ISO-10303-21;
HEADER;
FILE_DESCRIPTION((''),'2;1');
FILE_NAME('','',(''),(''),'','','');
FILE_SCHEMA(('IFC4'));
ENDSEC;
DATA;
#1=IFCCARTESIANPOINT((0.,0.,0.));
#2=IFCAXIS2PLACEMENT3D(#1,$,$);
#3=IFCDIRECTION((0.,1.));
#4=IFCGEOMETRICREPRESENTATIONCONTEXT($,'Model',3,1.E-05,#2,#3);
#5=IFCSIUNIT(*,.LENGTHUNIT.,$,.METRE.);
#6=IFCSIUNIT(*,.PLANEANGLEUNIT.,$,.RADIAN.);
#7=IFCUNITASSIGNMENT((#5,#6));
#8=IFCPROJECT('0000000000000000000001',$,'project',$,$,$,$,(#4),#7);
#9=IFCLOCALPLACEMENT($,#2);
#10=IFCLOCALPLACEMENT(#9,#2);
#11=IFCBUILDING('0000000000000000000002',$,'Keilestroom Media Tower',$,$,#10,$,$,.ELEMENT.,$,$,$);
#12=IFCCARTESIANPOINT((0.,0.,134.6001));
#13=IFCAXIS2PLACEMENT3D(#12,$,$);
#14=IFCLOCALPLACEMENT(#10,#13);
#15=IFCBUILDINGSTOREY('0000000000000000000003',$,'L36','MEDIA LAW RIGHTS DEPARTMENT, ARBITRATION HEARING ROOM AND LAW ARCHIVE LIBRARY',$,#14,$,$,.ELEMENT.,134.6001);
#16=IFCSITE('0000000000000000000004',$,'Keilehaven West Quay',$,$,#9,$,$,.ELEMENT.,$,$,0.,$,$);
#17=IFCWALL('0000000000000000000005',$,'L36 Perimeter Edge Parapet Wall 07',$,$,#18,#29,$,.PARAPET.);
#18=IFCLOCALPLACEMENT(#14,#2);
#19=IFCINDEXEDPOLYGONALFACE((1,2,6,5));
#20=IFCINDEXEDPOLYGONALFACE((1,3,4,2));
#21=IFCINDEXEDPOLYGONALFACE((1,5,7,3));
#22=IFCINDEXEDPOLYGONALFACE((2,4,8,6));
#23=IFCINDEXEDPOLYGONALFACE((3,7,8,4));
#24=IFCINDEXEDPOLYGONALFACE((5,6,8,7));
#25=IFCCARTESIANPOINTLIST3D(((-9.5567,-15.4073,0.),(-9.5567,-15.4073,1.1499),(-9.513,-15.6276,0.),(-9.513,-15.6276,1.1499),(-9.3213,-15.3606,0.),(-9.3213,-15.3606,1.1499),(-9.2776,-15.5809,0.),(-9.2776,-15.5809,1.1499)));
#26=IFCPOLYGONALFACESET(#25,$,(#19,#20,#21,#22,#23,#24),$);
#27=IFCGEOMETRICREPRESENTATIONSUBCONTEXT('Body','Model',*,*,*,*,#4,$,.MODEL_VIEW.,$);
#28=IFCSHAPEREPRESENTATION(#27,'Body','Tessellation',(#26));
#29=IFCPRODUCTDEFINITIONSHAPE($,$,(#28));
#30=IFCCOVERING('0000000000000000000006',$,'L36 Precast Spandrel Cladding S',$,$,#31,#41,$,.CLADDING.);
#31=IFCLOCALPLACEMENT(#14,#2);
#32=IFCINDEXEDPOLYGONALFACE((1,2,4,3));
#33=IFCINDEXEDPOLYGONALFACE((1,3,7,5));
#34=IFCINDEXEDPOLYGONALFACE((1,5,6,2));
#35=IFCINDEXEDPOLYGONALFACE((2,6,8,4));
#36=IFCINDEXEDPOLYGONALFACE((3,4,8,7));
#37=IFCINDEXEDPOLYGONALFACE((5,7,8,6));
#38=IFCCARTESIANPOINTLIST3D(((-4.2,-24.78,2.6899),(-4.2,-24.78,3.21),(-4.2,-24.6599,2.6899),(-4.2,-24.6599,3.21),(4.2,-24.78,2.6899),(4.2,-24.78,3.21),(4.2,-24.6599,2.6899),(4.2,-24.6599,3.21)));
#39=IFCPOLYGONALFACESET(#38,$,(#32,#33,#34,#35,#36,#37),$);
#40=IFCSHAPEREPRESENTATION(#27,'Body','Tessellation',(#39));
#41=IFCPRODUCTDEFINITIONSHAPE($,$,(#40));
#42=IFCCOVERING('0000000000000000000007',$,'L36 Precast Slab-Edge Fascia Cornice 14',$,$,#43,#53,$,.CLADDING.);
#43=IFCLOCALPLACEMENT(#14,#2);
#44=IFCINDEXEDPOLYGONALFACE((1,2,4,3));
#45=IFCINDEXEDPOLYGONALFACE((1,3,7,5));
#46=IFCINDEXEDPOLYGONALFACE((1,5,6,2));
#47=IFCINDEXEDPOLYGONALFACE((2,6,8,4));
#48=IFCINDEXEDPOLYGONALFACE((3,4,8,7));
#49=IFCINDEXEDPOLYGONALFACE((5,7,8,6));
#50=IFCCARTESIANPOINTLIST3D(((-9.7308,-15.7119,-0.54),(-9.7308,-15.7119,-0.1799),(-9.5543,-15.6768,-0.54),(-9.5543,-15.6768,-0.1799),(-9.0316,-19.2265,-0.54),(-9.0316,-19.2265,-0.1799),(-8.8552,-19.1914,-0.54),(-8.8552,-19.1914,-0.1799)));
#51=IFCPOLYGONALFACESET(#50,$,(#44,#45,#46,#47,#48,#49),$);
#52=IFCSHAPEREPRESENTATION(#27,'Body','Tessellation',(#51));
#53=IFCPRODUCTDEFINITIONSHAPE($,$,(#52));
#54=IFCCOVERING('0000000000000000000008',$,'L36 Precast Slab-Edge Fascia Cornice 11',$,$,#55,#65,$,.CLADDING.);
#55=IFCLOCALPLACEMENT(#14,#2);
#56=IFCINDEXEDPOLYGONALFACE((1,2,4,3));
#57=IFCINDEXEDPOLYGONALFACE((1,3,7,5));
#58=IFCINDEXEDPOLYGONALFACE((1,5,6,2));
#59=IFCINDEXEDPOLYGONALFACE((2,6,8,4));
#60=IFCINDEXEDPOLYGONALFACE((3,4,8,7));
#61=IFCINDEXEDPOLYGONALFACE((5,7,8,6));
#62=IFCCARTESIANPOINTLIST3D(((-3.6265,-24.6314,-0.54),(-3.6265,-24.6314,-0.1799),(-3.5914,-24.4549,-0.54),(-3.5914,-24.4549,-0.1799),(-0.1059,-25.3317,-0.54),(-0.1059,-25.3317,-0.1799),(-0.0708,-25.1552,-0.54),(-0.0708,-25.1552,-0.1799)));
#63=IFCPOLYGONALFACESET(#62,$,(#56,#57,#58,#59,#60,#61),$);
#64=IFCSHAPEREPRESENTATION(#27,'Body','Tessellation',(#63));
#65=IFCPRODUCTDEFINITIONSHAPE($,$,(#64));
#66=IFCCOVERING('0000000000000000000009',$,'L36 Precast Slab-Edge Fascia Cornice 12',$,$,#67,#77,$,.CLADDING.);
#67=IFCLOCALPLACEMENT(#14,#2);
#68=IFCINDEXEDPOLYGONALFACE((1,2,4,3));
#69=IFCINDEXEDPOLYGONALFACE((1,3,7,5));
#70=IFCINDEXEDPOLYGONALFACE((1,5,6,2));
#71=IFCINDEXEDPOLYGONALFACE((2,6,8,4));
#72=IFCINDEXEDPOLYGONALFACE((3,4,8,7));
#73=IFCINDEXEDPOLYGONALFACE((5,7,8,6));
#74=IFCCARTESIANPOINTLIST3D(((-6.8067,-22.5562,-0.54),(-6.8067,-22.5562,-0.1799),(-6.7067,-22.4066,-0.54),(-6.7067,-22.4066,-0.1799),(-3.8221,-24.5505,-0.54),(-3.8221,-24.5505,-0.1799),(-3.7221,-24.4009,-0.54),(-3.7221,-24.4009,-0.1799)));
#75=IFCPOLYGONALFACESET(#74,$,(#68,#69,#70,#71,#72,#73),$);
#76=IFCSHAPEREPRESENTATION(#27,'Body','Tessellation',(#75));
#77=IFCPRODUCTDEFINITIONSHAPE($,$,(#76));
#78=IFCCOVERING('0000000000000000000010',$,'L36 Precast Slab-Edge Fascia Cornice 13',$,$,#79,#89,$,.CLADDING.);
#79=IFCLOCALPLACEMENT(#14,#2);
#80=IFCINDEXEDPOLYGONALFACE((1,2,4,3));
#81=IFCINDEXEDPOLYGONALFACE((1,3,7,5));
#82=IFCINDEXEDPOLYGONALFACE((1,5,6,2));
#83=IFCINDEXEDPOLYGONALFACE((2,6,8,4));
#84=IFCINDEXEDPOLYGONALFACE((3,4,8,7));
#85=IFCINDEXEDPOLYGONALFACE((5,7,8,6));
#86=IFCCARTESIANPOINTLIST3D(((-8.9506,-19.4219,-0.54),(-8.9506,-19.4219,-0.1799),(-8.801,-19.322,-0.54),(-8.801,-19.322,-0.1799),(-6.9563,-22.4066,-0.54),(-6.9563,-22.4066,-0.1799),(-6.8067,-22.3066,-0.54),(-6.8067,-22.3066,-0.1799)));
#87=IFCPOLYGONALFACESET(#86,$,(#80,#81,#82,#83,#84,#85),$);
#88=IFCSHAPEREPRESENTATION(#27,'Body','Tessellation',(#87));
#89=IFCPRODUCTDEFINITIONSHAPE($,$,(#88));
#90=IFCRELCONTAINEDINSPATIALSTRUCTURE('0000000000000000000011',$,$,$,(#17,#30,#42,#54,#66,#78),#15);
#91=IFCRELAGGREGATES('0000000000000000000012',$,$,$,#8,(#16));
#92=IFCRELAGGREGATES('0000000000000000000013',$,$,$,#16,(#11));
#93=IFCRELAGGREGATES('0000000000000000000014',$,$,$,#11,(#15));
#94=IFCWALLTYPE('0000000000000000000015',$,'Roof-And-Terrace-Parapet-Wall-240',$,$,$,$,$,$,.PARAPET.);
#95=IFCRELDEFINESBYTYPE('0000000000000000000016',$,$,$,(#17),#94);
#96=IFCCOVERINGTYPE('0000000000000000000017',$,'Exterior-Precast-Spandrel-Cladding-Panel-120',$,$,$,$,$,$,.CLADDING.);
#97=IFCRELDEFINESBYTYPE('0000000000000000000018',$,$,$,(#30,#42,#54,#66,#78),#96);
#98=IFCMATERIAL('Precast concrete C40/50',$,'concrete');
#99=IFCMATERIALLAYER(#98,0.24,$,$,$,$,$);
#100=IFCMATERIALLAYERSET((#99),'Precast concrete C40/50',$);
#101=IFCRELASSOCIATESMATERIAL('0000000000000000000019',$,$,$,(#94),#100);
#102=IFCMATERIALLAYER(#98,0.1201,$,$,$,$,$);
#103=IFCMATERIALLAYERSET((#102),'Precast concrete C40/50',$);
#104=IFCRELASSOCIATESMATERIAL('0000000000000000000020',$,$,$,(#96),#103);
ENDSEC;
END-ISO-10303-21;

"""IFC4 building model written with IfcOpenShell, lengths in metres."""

from ifc_helpers import new_model, si_unit, direction, frame, frame_2d, origin, origin_2d, place, context, subcontext, project, spatial, rectangle, extrude, source, transform, mapped, material, layer, layer_set, type_object, element, save


model = new_model("IFC4")

# Units and contexts
model_context = context("Model", 3, precision=1e-05, world=origin(), true_north=direction((0.0, 1.0)))
body_context = subcontext(model_context, "Body", "Model", "MODEL_VIEW")
ifc_project = project(units=[si_unit("LENGTHUNIT", "METRE"), si_unit("PLANEANGLEUNIT", "RADIAN")], contexts=[model_context])

# Site, building, storey
site_placement = place(None, origin())
site = spatial("IfcSite", under=ifc_project, at=site_placement, Name="Keilehaven West Quay", CompositionType="ELEMENT", RefElevation=0.0)
building_placement = place(site_placement, origin())
building = spatial("IfcBuilding", under=site, at=building_placement, Name="Keilestroom Media Tower", CompositionType="ELEMENT")
storey_placement = place(building_placement, frame((0.0, 0.0, 134.6001)))
storey = spatial("IfcBuildingStorey", under=building, at=storey_placement, Name="L36", Description="MEDIA LAW RIGHTS DEPARTMENT, ARBITRATION HEARING ROOM AND LAW ARCHIVE LIBRARY", CompositionType="ELEMENT", Elevation=134.6001)

# Shared definitions
ifc_material_1 = material(Name="Precast concrete C40/50", Category="concrete")

# Wall
ifc_layer_1 = layer(ifc_material_1, 0.24)
ifc_layer_set_1 = layer_set([ifc_layer_1], Name="Precast concrete C40/50")
wall_type_1 = type_object("IfcWallType", Name="Roof-And-Terrace-Parapet-Wall-240", PredefinedType="PARAPET", material=ifc_layer_set_1)
wall_1_placement = place(storey_placement, frame((-9.3953, -15.6042, 0.0), z_axis=(0.0, 0.0, 1.0), x_axis=(-0.194652, 0.980872, 0.0)))
element("IfcWall", 1, at=wall_1_placement, inside=storey, type_object=wall_type_1, Name="L36 Perimeter Edge Parapet Wall 07", PredefinedType="PARAPET", context=body_context, shape_type="SweptSolid", body=[
    extrude(rectangle(XDim=0.2246, YDim=0.24, at=frame_2d((0.1123, 0.0))), origin(), (0.0, 0.0, 1.0), 1.1499),
])

# Coverings
ifc_layer_2 = layer(ifc_material_1, 0.1201)
ifc_layer_set_2 = layer_set([ifc_layer_2], Name="Precast concrete C40/50")
covering_type = type_object("IfcCoveringType", Name="Exterior-Precast-Spandrel-Cladding-Panel-120", PredefinedType="CLADDING", material=ifc_layer_set_2)
shared_shape_1 = source(origin(), body_context, "Body", "SweptSolid", [
    extrude(rectangle(XDim=8.3999, YDim=0.1201, at=origin_2d()), origin(), (0.0, 0.0, 1.0), 0.52),
])
covering_1_placement = place(storey_placement, frame((0.0, -24.72, 2.6899), z_axis=(0.0, 0.0, 1.0), x_axis=(1.0, 0.0, 0.0)))
element("IfcCovering", 2, at=covering_1_placement, inside=storey, type_object=covering_type, Name="L36 Precast Spandrel Cladding S", PredefinedType="CLADDING", context=body_context, shape_type="MappedRepresentation", body=[
    mapped(shared_shape_1, transform((0.0, 0.0, 0.0), x_axis=(1.0, 0.0, 0.0), y_axis=(0.0, 1.0, 0.0), z_axis=(0.0, 0.0, 1.0), scale=1.0)),
])
shared_shape_2 = source(origin(), body_context, "Body", "SweptSolid", [
    extrude(rectangle(XDim=3.5835, YDim=0.1799, at=origin_2d()), origin(), (0.0, 0.0, 1.0), 0.3601),
])
covering_2_placement = place(storey_placement, frame((-9.293, -17.4517, -0.54), z_axis=(0.0, 0.0, 1.0), x_axis=(-0.195099, 0.980784, 0.0)))
element("IfcCovering", 3, at=covering_2_placement, inside=storey, type_object=covering_type, Name="L36 Precast Slab-Edge Fascia Cornice 14", PredefinedType="CLADDING", context=body_context, shape_type="MappedRepresentation", body=[
    mapped(shared_shape_2, transform((0.0, 0.0, 0.0), x_axis=(1.0, 0.0, 0.0), y_axis=(0.0, 1.0, 0.0), z_axis=(0.0, 0.0, 1.0), scale=1.0)),
])
shared_shape_3 = source(origin(), body_context, "Body", "SweptSolid", [
    extrude(rectangle(XDim=3.5896, YDim=0.1799, at=origin_2d()), origin(), (0.0, 0.0, 1.0), 0.3601),
])
for number, where, z_axis, x_axis, name in (
    (4, (-1.8486, -24.8933, -0.54), (0.0, 0.0, 1.0), (-0.980784, 0.195099, 0.0), "L36 Precast Slab-Edge Fascia Cornice 11"),
    (5, (-5.2644, -23.4785, -0.54), (0.0, 0.0, 1.0), (-0.831467, 0.555575, 0.0), "L36 Precast Slab-Edge Fascia Cornice 12"),
    (6, (-7.8787, -20.8643, -0.54), (0.0, 0.0, 1.0), (-0.555575, 0.831467, 0.0), "L36 Precast Slab-Edge Fascia Cornice 13"),
):
    element("IfcCovering", number, at=place(storey_placement, frame(where, z_axis=z_axis, x_axis=x_axis)), inside=storey, type_object=covering_type, Name=name, PredefinedType="CLADDING", context=body_context, shape_type="MappedRepresentation", body=[
        mapped(shared_shape_3, transform((0.0, 0.0, 0.0), x_axis=(1.0, 0.0, 0.0), y_axis=(0.0, 1.0, 0.0), z_axis=(0.0, 0.0, 1.0), scale=1.0)),
    ])

save(model, "model.ifc")
